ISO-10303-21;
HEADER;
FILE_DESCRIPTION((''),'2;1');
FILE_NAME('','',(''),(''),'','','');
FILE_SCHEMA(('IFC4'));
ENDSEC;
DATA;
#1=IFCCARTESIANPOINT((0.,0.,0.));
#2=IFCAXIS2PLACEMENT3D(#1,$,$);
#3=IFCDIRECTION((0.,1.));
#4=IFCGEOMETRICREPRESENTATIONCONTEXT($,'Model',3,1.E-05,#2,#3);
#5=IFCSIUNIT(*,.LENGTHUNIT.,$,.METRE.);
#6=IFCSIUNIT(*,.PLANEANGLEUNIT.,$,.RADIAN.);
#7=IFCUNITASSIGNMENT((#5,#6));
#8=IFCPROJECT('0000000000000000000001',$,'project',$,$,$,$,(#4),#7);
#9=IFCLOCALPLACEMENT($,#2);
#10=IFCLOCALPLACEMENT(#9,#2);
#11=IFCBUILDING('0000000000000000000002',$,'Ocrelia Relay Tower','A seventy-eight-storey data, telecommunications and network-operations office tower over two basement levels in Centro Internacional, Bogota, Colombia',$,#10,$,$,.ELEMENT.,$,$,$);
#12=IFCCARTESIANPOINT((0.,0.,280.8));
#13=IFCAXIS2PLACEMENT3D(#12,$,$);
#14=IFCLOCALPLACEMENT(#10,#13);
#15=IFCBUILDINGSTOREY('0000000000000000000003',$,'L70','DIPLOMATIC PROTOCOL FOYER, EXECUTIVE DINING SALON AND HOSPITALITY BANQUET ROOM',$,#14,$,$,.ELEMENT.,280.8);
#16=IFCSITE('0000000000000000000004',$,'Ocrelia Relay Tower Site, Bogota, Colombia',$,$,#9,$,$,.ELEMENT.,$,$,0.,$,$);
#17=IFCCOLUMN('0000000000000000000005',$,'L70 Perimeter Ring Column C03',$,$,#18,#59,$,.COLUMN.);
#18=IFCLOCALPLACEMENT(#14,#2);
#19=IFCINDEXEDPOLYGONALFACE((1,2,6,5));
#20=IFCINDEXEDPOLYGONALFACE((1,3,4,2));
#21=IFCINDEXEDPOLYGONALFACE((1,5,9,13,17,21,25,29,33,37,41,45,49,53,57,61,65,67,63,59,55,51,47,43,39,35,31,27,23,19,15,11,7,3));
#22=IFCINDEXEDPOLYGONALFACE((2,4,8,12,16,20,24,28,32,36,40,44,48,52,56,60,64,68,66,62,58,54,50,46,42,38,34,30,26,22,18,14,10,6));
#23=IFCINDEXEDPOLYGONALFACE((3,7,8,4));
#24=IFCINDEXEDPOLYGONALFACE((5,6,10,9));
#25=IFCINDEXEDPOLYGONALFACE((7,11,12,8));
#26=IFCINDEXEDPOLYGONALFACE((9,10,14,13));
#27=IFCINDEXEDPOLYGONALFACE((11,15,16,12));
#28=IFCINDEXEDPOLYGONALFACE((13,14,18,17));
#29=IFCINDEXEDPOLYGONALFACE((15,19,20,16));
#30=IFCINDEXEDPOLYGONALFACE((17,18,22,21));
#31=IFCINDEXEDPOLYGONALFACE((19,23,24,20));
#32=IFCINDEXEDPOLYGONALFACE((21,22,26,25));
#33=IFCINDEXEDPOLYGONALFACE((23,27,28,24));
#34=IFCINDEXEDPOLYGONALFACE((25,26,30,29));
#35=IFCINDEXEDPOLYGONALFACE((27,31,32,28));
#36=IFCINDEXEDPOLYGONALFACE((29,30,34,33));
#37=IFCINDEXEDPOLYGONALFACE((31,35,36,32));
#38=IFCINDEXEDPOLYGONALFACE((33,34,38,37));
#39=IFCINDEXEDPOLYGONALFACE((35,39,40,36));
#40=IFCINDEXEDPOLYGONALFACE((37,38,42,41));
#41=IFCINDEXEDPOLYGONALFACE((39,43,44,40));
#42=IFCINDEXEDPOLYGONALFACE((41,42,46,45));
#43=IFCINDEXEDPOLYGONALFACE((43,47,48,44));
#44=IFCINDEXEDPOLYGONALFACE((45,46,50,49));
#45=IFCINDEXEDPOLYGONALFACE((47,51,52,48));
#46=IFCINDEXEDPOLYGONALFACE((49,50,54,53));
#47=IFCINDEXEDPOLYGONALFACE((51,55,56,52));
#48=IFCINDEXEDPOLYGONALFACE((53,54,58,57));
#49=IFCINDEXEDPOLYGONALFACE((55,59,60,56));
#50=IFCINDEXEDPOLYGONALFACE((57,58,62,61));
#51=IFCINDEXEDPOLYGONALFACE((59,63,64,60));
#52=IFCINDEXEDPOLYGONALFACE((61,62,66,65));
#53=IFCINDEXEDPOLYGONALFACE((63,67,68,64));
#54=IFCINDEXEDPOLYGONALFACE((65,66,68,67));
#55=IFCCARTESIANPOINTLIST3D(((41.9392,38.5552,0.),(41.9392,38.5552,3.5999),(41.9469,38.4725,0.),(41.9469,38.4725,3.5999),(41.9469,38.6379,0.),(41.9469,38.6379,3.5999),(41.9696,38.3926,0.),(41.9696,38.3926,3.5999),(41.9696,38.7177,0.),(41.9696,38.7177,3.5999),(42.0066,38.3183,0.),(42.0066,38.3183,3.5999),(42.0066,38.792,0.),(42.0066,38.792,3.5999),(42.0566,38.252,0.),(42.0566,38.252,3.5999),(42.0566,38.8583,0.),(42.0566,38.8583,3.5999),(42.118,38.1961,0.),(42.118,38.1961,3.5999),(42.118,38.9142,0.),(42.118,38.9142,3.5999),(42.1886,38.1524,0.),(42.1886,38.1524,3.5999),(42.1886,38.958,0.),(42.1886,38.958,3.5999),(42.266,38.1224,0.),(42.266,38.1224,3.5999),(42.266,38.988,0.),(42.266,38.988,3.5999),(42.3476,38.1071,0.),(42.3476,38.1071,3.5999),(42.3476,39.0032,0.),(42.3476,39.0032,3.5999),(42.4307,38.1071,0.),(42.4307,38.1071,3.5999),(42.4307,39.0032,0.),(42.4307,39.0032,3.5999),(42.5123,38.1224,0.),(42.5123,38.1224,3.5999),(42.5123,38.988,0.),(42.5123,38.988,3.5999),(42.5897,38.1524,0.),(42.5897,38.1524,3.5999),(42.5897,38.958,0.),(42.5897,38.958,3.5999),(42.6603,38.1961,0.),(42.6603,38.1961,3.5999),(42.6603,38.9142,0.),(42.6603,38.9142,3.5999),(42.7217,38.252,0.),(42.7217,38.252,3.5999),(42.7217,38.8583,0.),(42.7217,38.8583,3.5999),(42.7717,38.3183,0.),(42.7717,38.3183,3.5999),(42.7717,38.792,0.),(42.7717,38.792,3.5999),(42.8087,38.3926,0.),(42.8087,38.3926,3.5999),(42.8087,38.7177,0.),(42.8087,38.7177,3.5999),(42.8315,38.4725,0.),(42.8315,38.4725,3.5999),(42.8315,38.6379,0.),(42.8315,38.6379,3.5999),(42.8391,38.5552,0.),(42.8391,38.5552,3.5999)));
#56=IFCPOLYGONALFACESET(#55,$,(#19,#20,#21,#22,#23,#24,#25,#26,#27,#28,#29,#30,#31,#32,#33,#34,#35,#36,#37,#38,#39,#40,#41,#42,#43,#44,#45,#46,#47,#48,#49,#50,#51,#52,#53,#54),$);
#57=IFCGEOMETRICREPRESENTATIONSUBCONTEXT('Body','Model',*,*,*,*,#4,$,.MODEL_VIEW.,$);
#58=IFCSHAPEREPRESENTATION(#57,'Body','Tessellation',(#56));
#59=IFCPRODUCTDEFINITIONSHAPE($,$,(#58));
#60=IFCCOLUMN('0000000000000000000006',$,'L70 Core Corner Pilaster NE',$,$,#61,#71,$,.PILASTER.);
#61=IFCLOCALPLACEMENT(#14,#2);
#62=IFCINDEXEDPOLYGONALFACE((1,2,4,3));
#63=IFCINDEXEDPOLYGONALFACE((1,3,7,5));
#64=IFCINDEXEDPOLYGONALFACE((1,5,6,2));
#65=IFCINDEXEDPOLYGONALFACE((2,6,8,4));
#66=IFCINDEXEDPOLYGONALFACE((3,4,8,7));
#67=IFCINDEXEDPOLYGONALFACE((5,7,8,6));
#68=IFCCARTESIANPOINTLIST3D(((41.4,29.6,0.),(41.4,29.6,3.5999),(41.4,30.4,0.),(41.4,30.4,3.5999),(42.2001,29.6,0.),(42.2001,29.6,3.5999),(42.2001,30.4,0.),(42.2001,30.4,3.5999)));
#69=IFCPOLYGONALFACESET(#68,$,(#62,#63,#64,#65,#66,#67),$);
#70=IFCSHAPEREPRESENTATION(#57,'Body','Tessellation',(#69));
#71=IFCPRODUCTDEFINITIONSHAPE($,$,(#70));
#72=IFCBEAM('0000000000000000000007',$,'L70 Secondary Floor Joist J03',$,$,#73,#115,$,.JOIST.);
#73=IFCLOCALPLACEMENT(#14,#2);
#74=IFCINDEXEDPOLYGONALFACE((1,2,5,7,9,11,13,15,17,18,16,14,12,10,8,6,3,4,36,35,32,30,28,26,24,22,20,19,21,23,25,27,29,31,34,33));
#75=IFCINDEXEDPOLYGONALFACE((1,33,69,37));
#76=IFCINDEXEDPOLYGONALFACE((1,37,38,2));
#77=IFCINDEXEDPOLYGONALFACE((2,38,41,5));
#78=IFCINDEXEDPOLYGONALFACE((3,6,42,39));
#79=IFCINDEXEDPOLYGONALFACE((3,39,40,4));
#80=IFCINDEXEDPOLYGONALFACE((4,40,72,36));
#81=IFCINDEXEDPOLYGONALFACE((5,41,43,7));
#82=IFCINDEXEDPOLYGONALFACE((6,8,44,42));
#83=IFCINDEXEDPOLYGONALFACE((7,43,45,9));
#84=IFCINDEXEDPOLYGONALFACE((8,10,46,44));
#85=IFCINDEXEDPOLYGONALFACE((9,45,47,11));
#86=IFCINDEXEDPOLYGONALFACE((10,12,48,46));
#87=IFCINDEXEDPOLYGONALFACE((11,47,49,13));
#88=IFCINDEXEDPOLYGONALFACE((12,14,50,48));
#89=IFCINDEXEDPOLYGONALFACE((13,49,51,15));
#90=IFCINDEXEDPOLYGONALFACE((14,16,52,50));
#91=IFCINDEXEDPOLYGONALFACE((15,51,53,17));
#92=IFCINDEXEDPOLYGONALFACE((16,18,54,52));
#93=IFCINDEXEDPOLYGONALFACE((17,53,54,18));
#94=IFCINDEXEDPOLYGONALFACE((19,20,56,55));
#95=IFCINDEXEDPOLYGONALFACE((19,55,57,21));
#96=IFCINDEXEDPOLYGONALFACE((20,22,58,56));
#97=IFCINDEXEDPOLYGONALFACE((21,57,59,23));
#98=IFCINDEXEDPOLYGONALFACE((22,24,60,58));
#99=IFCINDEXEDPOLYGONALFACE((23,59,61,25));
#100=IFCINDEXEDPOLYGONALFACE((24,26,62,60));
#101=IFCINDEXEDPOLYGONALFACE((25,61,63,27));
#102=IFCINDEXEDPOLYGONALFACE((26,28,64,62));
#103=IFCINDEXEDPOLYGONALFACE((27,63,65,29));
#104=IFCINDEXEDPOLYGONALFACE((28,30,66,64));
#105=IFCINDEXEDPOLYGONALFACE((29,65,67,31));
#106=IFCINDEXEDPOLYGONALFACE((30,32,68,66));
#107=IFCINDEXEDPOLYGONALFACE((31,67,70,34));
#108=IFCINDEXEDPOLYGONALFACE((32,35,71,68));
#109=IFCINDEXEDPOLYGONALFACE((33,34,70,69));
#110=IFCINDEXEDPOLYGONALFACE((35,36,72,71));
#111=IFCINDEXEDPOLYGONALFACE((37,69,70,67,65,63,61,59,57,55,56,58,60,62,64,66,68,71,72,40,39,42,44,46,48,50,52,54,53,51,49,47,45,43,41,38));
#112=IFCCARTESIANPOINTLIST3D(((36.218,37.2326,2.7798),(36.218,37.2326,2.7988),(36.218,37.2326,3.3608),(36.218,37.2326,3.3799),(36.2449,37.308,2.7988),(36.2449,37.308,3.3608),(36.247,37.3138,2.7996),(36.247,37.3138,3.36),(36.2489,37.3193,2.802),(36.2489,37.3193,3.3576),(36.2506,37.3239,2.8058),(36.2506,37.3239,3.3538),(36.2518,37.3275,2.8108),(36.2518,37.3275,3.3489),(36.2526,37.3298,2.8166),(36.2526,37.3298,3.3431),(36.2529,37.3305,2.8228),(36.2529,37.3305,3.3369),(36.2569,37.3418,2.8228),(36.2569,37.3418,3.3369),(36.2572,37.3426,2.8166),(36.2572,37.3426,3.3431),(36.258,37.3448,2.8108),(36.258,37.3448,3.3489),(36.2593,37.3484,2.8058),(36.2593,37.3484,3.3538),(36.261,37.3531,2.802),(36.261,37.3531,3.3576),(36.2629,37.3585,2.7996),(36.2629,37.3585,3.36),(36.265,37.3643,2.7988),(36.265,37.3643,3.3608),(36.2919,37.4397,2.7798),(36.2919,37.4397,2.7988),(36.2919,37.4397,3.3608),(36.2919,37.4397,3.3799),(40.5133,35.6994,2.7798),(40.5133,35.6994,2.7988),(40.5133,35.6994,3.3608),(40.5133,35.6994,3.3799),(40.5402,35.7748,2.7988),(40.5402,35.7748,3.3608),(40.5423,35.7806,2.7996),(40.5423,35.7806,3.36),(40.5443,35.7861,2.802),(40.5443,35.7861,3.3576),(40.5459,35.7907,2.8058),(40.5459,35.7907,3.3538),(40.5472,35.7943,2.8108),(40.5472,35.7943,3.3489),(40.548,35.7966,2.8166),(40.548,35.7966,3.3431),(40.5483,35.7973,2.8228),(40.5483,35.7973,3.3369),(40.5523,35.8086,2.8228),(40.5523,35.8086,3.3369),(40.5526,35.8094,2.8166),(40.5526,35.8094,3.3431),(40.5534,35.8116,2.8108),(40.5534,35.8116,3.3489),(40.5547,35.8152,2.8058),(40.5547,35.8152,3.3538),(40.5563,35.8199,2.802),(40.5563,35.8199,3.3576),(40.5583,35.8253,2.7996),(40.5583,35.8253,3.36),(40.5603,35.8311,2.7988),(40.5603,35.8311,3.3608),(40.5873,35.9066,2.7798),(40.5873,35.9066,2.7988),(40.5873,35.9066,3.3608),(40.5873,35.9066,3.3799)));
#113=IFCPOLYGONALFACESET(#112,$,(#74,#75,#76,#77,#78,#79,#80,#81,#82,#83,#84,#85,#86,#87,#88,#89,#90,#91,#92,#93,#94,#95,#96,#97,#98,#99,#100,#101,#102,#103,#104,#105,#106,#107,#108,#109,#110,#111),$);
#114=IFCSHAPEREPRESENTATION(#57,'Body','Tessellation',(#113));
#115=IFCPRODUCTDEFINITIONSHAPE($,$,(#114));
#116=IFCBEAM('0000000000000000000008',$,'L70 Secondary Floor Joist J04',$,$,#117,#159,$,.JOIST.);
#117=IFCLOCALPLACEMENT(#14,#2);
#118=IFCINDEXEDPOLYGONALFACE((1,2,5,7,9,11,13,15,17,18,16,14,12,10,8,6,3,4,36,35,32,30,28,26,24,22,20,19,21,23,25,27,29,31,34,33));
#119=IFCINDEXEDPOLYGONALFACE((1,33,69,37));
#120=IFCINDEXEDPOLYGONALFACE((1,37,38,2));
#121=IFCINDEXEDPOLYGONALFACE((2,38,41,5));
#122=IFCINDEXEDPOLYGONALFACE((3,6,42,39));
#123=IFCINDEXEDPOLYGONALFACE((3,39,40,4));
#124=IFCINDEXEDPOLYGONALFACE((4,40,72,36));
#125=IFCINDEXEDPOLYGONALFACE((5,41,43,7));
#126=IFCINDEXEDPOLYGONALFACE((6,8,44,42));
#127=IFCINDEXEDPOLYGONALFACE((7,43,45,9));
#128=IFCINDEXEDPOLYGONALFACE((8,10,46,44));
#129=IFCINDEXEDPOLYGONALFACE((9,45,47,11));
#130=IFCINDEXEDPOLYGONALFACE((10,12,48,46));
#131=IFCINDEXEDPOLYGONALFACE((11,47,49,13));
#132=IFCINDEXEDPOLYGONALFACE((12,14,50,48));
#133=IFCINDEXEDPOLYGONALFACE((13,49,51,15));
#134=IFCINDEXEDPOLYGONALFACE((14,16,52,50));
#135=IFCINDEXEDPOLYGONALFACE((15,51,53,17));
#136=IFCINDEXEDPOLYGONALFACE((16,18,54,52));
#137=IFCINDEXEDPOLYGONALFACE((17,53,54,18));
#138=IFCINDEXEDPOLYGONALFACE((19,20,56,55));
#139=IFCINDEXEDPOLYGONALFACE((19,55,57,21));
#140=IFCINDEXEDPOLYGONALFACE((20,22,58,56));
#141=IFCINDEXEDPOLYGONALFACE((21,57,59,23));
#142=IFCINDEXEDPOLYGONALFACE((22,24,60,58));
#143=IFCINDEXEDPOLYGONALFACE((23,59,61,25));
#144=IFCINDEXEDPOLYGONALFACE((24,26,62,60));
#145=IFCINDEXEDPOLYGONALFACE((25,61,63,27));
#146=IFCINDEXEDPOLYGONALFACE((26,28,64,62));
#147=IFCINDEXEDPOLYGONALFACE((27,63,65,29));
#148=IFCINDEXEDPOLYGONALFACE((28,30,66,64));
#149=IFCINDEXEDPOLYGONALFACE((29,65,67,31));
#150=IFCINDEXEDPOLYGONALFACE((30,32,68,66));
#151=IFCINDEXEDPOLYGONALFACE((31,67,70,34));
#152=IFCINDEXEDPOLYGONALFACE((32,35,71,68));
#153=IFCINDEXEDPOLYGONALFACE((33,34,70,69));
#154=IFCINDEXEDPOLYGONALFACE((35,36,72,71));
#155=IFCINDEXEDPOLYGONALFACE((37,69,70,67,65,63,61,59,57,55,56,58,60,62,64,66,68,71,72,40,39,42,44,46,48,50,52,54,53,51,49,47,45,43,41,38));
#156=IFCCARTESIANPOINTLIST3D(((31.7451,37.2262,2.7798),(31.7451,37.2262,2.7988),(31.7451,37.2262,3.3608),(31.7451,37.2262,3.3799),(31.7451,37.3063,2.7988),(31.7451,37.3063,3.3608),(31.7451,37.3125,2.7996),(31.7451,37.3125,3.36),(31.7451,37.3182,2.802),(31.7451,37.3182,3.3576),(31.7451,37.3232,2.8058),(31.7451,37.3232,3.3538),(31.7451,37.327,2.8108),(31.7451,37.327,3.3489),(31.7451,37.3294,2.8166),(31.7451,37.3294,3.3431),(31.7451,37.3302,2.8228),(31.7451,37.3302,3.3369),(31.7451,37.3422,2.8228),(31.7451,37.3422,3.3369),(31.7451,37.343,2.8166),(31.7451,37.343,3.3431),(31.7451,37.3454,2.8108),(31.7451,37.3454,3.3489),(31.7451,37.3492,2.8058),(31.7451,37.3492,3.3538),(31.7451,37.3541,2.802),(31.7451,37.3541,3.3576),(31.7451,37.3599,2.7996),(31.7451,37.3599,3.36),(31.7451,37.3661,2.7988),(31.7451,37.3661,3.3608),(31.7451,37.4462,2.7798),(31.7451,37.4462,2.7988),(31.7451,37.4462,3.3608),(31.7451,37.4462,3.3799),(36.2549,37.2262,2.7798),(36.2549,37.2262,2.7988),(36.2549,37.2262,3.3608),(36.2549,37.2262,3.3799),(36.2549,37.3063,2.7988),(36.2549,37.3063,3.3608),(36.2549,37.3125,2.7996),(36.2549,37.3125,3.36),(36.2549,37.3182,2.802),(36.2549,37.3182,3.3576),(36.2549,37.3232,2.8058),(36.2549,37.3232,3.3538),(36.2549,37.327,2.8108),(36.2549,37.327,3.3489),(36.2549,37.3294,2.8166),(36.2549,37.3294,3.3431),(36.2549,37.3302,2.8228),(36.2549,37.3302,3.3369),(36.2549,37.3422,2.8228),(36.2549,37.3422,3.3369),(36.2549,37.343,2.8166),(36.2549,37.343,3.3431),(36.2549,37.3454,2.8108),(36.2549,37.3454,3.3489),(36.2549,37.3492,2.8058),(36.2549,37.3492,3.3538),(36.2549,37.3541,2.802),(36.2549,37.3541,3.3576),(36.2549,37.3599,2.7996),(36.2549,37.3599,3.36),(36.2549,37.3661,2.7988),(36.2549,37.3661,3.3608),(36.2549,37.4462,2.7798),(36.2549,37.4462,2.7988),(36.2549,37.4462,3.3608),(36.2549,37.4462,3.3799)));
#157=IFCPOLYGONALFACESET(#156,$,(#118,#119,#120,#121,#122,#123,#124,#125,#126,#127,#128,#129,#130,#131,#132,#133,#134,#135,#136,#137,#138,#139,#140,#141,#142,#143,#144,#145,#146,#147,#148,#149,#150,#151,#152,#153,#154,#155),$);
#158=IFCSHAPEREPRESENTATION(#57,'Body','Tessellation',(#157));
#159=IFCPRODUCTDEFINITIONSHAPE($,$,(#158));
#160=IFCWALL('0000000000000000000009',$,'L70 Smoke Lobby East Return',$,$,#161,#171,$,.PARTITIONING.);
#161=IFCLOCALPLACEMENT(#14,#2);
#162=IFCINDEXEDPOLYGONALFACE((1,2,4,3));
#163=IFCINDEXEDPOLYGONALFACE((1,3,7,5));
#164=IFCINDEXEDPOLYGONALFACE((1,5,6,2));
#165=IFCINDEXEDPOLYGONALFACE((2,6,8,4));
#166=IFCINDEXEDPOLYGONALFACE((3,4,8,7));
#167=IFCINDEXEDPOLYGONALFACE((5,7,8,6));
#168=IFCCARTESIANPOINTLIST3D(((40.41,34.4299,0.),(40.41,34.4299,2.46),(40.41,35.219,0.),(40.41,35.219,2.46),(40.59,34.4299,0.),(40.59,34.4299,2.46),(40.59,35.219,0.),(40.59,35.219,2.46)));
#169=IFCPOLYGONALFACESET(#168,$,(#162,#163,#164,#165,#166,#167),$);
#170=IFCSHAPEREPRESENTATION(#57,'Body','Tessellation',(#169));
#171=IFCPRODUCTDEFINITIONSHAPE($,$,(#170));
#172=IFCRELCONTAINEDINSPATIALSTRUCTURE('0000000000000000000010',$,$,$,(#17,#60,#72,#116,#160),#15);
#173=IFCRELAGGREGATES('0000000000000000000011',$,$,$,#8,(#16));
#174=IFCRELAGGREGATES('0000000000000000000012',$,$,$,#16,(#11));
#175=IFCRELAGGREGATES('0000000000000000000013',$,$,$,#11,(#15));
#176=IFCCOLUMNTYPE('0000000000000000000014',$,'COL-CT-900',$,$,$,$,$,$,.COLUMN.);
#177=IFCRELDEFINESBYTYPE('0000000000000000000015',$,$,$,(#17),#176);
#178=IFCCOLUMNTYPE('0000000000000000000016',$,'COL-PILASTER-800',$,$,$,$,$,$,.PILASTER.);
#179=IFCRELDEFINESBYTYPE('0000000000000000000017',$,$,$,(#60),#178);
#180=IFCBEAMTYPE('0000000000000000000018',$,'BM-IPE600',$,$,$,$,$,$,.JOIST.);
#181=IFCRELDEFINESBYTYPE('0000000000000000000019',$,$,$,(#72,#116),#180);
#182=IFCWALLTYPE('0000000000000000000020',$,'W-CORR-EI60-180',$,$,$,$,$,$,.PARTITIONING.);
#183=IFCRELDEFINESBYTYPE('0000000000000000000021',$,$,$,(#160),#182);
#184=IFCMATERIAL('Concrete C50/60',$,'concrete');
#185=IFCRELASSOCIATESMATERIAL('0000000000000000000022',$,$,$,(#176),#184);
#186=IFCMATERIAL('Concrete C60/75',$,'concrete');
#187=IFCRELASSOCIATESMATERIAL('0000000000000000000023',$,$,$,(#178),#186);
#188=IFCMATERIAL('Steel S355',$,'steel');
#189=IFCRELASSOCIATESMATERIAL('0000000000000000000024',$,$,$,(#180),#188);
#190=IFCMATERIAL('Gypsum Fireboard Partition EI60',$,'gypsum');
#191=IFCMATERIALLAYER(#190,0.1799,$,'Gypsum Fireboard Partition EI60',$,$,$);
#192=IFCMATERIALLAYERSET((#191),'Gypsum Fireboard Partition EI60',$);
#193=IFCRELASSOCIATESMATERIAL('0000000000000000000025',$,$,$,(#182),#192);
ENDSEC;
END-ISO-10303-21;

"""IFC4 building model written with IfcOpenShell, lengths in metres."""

from ifc_helpers import new_model, si_unit, direction, frame, frame_2d, origin, origin_2d, place, context, subcontext, project, spatial, rectangle, circle, i_section, extrude, material, layer, layer_set, material_profile, profile_set, type_object, element, save


model = new_model("IFC4")

# Units and contexts
model_context = context("Model", 3, precision=1e-05, world=origin(), true_north=direction((0.0, 1.0)))
body_context = subcontext(model_context, "Body", "Model", "MODEL_VIEW")
ifc_project = project(units=[si_unit("LENGTHUNIT", "METRE"), si_unit("PLANEANGLEUNIT", "RADIAN")], contexts=[model_context])

# Site, building, storey
site_placement = place(None, origin())
site = spatial("IfcSite", under=ifc_project, at=site_placement, Name="Ocrelia Relay Tower Site, Bogota, Colombia", CompositionType="ELEMENT", RefElevation=0.0)
building_placement = place(site_placement, origin())
building = spatial("IfcBuilding", under=site, at=building_placement, Name="Ocrelia Relay Tower", Description="A seventy-eight-storey data, telecommunications and network-operations office tower over two basement levels in Centro Internacional, Bogota, Colombia", CompositionType="ELEMENT")
storey_placement = place(building_placement, frame((0.0, 0.0, 280.8)))
storey = spatial("IfcBuildingStorey", under=building, at=storey_placement, Name="L70", Description="DIPLOMATIC PROTOCOL FOYER, EXECUTIVE DINING SALON AND HOSPITALITY BANQUET ROOM", CompositionType="ELEMENT", Elevation=280.8)

# Columns
ifc_material_1 = material(Name="Concrete C50/60", Category="concrete")
ifc_material_profile_1 = material_profile(ifc_material_1, circle(Radius=0.45, at=origin_2d()), Name="RC-CIR-900")
ifc_profile_set_1 = profile_set([ifc_material_profile_1], Name="Concrete C50/60")
column_type_1 = type_object("IfcColumnType", Name="COL-CT-900", PredefinedType="COLUMN", material=ifc_profile_set_1)
column_1_placement = place(storey_placement, frame((42.3892, 38.5552, 0.0), z_axis=(0.0, 0.0, 1.0), x_axis=(1.0, 0.0, 0.0)))
element("IfcColumn", 1, at=column_1_placement, inside=storey, type_object=column_type_1, Name="L70 Perimeter Ring Column C03", PredefinedType="COLUMN", context=body_context, shape_type="SweptSolid", body=[
    extrude(circle(Radius=0.45, at=origin_2d()), origin(), (0.0, 0.0, 1.0), 3.5999),
])
ifc_material_2 = material(Name="Concrete C60/75", Category="concrete")
ifc_material_profile_2 = material_profile(ifc_material_2, rectangle(XDim=0.8, YDim=0.8, at=origin_2d()), Name="RC-COL-800x800")
ifc_profile_set_2 = profile_set([ifc_material_profile_2], Name="Concrete C60/75")
column_type_2 = type_object("IfcColumnType", Name="COL-PILASTER-800", PredefinedType="PILASTER", material=ifc_profile_set_2)
column_2_placement = place(storey_placement, frame((41.8, 30.0, 0.0), z_axis=(0.0, 0.0, 1.0), x_axis=(1.0, 0.0, 0.0)))
element("IfcColumn", 2, at=column_2_placement, inside=storey, type_object=column_type_2, Name="L70 Core Corner Pilaster NE", PredefinedType="PILASTER", context=body_context, shape_type="SweptSolid", body=[
    extrude(rectangle(XDim=0.8, YDim=0.8, at=origin_2d()), origin(), (0.0, 0.0, 1.0), 3.5999),
])

# Beams
ifc_material_3 = material(Name="Steel S355", Category="steel")
ifc_material_profile_3 = material_profile(ifc_material_3, i_section(OverallWidth=0.22, OverallDepth=0.6001, WebThickness=0.012, FlangeThickness=0.019, FilletRadius=0.0239, at=origin_2d()), Name="IPE 600")
ifc_profile_set_3 = profile_set([ifc_material_profile_3], Name="Steel S355")
beam_type = type_object("IfcBeamType", Name="BM-IPE600", PredefinedType="JOIST", material=ifc_profile_set_3)
beam_1_placement = place(storey_placement, frame((40.5503, 35.803, 3.0798), z_axis=(-0.941802, 0.336167, 0.0), x_axis=(-0.336167, -0.941802, 0.0)))
element("IfcBeam", 3, at=beam_1_placement, inside=storey, type_object=beam_type, Name="L70 Secondary Floor Joist J03", PredefinedType="JOIST", context=body_context, shape_type="SweptSolid", body=[
    extrude(i_section(OverallWidth=0.22, OverallDepth=0.6001, WebThickness=0.012, FlangeThickness=0.019, FilletRadius=0.0239, at=origin_2d()), origin(), (0.0, 0.0, 1.0), 4.5608),
])
beam_2_placement = place(storey_placement, frame((36.2549, 37.3362, 3.0798), z_axis=(-1.0, 0.0, 0.0), x_axis=(0.0, -1.0, 0.0)))
element("IfcBeam", 4, at=beam_2_placement, inside=storey, type_object=beam_type, Name="L70 Secondary Floor Joist J04", PredefinedType="JOIST", context=body_context, shape_type="SweptSolid", body=[
    extrude(i_section(OverallWidth=0.22, OverallDepth=0.6001, WebThickness=0.012, FlangeThickness=0.019, FilletRadius=0.0239, at=origin_2d()), origin(), (0.0, 0.0, 1.0), 4.5098),
])

# Wall
ifc_material_4 = material(Name="Gypsum Fireboard Partition EI60", Category="gypsum")
ifc_layer_1 = layer(ifc_material_4, 0.1799, Name="Gypsum Fireboard Partition EI60")
ifc_layer_set_1 = layer_set([ifc_layer_1], Name="Gypsum Fireboard Partition EI60")
wall_type_1 = type_object("IfcWallType", Name="W-CORR-EI60-180", PredefinedType="PARTITIONING", material=ifc_layer_set_1)
wall_1_placement = place(storey_placement, frame((40.5, 35.219, 0.0), z_axis=(0.0, 0.0, 1.0), x_axis=(0.0, -1.0, 0.0)))
element("IfcWall", 5, at=wall_1_placement, inside=storey, type_object=wall_type_1, Name="L70 Smoke Lobby East Return", PredefinedType="PARTITIONING", context=body_context, shape_type="SweptSolid", body=[
    extrude(rectangle(XDim=0.7891, YDim=0.1799, at=frame_2d((0.3945, 0.0))), origin(), (0.0, 0.0, 1.0), 2.46),
])

save(model, "model.ifc")
